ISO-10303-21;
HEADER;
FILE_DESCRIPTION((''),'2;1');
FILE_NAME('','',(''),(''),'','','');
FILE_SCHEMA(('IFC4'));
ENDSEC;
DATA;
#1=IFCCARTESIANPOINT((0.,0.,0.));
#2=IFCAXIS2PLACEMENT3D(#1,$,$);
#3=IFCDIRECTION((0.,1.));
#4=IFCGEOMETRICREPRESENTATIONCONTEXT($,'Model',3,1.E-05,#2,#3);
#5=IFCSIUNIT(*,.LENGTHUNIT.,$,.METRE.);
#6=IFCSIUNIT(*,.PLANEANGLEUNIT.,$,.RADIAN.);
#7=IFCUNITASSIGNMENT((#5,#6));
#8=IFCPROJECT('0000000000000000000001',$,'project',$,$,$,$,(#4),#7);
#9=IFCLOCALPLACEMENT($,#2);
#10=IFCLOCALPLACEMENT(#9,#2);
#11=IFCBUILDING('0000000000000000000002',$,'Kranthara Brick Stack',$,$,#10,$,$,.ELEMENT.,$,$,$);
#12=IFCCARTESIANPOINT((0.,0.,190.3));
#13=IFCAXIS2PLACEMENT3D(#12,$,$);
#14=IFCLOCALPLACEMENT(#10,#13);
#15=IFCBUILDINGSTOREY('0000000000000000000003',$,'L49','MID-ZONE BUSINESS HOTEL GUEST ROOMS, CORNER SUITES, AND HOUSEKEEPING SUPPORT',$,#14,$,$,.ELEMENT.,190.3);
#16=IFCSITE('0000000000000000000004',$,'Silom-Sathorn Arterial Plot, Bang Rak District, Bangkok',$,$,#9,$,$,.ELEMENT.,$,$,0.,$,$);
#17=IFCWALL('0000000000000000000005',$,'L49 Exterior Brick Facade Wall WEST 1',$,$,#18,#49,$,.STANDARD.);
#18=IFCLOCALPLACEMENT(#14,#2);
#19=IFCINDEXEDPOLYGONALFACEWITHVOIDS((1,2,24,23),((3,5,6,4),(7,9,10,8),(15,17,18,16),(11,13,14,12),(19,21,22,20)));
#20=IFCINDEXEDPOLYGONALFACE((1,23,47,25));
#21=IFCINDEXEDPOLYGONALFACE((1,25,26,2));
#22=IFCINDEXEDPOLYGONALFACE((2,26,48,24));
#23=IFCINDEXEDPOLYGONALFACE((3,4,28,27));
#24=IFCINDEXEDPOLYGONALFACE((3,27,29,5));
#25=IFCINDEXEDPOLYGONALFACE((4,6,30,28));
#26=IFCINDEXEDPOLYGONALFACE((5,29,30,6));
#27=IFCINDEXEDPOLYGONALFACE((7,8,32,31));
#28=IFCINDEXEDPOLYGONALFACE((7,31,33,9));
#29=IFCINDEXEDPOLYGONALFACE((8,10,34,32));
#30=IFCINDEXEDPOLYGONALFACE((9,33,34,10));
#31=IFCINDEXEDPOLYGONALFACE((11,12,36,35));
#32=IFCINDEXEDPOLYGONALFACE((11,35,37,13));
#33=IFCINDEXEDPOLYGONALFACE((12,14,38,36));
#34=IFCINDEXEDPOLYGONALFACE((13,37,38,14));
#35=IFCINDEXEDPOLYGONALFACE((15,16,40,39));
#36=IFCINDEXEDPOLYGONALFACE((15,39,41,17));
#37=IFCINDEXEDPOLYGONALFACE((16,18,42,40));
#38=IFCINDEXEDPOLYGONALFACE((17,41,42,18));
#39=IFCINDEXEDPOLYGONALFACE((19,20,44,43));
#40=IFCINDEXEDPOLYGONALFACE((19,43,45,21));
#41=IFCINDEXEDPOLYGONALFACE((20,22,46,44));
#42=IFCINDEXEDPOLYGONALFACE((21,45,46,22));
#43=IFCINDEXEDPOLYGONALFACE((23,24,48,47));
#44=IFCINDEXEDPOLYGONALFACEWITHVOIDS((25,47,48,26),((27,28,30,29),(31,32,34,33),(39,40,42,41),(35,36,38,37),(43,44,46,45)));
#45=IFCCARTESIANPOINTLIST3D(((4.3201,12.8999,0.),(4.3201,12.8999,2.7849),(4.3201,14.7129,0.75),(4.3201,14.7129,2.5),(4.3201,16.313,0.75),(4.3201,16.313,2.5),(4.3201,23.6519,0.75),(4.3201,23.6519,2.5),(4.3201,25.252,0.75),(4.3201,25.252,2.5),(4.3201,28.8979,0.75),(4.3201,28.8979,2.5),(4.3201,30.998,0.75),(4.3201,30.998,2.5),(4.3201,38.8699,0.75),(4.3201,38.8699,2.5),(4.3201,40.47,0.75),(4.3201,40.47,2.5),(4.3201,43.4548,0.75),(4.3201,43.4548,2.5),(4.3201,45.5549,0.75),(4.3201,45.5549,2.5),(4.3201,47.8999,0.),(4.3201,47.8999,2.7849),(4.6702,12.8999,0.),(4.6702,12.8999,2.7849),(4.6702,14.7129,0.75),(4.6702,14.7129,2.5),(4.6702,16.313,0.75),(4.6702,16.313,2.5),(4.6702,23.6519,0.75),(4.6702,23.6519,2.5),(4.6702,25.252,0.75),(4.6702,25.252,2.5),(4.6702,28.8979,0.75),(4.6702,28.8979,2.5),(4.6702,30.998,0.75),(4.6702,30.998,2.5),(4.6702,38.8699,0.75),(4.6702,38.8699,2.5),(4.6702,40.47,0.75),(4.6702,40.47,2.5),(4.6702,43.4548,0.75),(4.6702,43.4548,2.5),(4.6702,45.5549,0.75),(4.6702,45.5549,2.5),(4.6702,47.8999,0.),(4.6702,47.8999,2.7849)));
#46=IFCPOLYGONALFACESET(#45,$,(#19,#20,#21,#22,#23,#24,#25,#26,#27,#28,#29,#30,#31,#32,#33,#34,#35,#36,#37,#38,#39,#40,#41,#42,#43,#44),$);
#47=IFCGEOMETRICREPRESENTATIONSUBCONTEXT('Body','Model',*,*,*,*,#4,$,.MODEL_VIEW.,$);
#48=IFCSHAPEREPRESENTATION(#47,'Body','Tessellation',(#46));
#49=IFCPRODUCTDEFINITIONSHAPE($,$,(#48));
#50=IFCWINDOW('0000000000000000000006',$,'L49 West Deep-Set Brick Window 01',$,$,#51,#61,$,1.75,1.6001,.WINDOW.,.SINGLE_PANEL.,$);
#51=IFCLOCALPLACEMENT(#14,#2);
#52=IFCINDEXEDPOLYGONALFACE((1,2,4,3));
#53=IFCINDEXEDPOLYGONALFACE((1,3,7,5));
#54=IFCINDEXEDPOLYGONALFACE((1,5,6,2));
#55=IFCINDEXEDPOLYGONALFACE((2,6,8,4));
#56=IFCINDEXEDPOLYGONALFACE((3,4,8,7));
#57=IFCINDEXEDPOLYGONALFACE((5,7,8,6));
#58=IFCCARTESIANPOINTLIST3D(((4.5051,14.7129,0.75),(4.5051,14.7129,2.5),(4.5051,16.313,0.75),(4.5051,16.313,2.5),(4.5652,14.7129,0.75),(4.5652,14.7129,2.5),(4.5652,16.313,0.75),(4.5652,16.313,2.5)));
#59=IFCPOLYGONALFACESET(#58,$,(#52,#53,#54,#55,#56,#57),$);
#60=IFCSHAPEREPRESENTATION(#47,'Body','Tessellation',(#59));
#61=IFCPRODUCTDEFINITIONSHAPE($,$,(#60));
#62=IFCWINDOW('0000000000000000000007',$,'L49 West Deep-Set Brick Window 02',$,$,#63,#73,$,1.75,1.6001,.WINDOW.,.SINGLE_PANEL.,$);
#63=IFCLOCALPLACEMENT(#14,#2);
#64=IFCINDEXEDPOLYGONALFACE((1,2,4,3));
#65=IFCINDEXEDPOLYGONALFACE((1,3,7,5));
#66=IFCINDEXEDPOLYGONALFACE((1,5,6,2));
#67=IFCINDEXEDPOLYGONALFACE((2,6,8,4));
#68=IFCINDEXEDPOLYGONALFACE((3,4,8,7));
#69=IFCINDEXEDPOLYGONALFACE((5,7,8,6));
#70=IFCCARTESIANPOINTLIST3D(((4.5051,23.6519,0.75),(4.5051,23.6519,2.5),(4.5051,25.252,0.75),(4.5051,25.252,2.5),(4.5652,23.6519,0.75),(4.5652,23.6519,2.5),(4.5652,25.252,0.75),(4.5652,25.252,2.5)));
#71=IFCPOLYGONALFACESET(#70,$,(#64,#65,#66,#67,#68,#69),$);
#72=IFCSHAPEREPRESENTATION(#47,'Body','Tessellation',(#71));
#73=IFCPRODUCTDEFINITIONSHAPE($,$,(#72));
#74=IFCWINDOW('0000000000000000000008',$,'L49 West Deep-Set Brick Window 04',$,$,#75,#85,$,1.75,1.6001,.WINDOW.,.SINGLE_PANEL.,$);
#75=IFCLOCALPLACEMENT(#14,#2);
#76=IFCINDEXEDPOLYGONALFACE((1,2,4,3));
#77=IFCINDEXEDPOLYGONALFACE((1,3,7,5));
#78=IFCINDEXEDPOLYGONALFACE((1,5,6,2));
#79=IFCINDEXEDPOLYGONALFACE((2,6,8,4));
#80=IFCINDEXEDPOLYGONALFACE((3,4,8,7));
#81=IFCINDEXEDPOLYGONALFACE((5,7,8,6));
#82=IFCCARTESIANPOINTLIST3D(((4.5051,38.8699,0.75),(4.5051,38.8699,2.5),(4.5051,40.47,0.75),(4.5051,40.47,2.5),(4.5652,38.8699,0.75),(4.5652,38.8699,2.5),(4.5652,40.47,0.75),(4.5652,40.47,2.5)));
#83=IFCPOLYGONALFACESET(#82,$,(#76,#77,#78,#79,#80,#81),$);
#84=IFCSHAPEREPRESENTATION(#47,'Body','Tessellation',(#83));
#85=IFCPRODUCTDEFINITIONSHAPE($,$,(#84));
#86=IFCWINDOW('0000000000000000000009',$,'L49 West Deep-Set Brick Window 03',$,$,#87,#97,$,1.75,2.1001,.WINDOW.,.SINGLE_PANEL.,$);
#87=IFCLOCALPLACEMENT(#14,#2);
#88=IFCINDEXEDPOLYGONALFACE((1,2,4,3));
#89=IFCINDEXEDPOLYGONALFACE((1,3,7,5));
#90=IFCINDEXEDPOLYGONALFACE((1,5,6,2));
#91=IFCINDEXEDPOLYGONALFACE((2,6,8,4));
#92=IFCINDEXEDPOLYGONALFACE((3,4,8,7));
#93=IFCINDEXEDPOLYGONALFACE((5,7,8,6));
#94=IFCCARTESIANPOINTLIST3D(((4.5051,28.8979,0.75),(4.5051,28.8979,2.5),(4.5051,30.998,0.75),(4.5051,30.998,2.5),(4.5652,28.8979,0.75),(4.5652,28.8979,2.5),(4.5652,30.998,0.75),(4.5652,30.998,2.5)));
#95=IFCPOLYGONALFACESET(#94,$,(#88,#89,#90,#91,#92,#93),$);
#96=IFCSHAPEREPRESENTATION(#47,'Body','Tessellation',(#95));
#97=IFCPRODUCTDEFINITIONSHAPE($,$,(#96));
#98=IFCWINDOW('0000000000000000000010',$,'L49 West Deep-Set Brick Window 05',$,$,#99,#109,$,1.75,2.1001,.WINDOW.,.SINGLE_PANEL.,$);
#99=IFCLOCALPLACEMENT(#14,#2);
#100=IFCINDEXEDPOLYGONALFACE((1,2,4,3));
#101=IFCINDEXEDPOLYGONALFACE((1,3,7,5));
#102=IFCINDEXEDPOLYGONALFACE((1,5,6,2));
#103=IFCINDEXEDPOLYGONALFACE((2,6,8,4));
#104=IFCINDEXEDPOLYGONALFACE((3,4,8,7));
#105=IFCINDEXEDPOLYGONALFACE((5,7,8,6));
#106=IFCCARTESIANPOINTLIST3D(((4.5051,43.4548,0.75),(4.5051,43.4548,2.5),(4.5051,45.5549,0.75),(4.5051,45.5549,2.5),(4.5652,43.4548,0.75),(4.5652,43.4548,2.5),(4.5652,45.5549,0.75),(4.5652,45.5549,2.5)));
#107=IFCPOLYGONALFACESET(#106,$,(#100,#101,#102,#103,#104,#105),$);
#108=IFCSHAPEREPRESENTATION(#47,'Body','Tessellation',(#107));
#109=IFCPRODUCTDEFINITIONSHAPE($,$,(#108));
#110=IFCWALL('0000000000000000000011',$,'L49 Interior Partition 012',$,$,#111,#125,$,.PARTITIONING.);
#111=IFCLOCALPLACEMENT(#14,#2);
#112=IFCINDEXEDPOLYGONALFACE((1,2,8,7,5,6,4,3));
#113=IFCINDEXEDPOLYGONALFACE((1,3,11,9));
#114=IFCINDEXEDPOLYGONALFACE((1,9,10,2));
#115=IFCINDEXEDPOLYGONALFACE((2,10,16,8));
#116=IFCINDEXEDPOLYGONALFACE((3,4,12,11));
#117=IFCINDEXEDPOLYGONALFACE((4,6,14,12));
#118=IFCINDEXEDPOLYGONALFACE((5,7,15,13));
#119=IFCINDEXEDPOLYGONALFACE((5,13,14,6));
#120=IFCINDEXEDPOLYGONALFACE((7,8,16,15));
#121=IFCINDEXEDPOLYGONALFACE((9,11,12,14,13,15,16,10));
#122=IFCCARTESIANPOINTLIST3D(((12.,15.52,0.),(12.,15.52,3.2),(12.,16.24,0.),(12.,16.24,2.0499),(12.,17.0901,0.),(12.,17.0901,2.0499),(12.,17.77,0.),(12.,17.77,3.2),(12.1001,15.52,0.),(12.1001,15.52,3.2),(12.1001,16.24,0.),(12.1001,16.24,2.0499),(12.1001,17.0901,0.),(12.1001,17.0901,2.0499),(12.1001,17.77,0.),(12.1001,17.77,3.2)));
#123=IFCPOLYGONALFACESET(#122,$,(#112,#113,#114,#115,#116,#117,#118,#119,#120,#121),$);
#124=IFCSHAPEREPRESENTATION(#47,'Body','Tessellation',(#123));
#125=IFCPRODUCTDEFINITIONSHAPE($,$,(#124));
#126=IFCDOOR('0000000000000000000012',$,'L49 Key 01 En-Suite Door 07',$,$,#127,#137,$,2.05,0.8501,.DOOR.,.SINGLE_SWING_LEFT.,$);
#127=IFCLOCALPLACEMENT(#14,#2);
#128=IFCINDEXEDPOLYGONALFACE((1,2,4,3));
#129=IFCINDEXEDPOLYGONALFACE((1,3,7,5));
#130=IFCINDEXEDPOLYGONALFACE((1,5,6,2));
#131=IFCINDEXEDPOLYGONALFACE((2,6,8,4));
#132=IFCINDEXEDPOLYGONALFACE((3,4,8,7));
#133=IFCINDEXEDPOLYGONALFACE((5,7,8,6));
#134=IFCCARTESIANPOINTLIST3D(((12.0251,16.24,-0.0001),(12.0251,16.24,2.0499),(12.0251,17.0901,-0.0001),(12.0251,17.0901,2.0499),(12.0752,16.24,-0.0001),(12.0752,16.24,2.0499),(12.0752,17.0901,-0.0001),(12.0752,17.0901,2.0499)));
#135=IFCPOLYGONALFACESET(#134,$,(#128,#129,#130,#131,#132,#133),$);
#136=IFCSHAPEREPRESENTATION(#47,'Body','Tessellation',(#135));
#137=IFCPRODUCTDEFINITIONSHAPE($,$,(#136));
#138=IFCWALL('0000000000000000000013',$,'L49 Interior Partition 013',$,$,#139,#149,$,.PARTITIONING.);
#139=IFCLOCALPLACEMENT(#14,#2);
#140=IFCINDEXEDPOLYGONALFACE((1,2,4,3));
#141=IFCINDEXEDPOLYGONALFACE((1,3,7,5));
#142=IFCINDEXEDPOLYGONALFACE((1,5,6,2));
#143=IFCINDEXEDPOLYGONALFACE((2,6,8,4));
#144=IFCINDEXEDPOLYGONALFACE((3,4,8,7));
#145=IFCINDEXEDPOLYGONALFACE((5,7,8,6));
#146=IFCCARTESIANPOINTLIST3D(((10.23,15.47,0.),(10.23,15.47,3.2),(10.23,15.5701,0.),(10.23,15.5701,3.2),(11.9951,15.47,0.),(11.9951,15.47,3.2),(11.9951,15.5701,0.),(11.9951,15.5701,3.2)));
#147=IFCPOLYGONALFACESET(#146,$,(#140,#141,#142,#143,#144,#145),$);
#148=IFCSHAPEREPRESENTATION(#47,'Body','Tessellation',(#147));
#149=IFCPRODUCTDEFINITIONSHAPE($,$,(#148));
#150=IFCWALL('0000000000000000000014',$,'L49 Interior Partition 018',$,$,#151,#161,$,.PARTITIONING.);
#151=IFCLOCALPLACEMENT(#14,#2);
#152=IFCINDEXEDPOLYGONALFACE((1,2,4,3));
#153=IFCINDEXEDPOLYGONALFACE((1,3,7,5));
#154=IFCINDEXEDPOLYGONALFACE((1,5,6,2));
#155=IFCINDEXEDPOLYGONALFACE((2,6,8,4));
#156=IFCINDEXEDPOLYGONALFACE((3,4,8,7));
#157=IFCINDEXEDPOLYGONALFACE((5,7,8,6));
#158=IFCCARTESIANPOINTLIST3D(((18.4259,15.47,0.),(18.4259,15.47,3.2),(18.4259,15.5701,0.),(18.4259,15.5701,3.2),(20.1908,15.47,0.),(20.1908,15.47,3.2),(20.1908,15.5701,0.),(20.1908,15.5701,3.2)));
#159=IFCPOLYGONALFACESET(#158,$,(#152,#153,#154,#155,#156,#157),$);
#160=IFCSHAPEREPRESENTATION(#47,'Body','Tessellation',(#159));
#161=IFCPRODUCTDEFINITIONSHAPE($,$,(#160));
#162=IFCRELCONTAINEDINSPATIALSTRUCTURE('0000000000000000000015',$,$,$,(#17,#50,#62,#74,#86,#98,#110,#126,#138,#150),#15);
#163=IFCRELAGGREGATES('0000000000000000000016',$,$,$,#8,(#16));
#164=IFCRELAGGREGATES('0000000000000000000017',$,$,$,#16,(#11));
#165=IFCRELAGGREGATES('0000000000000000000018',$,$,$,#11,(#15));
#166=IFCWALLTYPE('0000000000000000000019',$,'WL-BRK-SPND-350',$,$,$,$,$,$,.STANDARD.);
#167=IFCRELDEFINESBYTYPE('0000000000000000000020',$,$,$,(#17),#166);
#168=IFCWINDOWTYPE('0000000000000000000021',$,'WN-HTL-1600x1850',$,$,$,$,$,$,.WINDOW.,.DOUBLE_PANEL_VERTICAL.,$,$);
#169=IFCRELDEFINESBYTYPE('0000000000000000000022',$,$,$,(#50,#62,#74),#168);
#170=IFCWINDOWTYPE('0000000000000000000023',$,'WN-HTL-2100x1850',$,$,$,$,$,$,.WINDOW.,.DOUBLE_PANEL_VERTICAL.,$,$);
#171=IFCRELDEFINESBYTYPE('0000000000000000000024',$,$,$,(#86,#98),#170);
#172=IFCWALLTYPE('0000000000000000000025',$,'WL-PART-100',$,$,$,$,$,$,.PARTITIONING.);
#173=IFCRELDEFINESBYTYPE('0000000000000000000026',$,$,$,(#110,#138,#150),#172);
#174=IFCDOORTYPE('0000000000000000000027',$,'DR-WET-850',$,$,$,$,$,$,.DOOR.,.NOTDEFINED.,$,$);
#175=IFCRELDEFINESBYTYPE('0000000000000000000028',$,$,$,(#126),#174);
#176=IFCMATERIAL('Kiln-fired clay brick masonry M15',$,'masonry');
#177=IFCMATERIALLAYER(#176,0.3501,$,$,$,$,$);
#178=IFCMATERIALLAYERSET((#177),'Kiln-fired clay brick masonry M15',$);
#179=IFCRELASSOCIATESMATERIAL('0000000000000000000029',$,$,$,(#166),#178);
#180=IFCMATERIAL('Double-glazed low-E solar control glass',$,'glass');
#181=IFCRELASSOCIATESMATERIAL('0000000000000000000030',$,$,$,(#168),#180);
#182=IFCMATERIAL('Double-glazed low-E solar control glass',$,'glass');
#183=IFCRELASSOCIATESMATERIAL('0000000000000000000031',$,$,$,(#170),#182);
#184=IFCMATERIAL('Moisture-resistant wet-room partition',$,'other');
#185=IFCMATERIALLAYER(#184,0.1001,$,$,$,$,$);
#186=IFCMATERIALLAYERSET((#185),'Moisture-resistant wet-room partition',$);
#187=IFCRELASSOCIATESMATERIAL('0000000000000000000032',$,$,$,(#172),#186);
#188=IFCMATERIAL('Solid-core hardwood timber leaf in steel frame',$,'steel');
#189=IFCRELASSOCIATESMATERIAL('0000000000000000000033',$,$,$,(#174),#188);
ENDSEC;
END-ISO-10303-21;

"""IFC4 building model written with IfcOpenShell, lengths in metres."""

from ifc_helpers import new_model, si_unit, direction, frame, frame_2d, origin, place, context, subcontext, project, spatial, rectangle, extrude, material, layer, layer_set, type_object, element, fill, save


model = new_model("IFC4")

# Units and contexts
model_context = context("Model", 3, precision=1e-05, world=origin(), true_north=direction((0.0, 1.0)))
body_context = subcontext(model_context, "Body", "Model", "MODEL_VIEW")
ifc_project = project(units=[si_unit("LENGTHUNIT", "METRE"), si_unit("PLANEANGLEUNIT", "RADIAN")], contexts=[model_context])

# Site, building, storey
site_placement = place(None, origin())
site = spatial("IfcSite", under=ifc_project, at=site_placement, Name="Silom-Sathorn Arterial Plot, Bang Rak District, Bangkok", CompositionType="ELEMENT", RefElevation=0.0)
building_placement = place(site_placement, origin())
building = spatial("IfcBuilding", under=site, at=building_placement, Name="Kranthara Brick Stack", CompositionType="ELEMENT")
storey_placement = place(building_placement, frame((0.0, 0.0, 190.3)))
storey = spatial("IfcBuildingStorey", under=building, at=storey_placement, Name="L49", Description="MID-ZONE BUSINESS HOTEL GUEST ROOMS, CORNER SUITES, AND HOUSEKEEPING SUPPORT", CompositionType="ELEMENT", Elevation=190.3)

# Wall, openings, windows
ifc_material_1 = material(Name="Kiln-fired clay brick masonry M15", Category="masonry")
ifc_layer_1 = layer(ifc_material_1, 0.3501)
ifc_layer_set_1 = layer_set([ifc_layer_1], Name="Kiln-fired clay brick masonry M15")
wall_type_1 = type_object("IfcWallType", Name="WL-BRK-SPND-350", PredefinedType="STANDARD", material=ifc_layer_set_1)
wall_1_placement = place(storey_placement, frame((4.4951, 12.8999, 0.0), z_axis=(0.0, 0.0, 1.0), x_axis=(0.0, 1.0, 0.0)))
wall_1 = element("IfcWall", 1, at=wall_1_placement, inside=storey, type_object=wall_type_1, Name="L49 Exterior Brick Facade Wall WEST 1", PredefinedType="STANDARD", context=body_context, shape_type="SweptSolid", body=[
    extrude(rectangle(XDim=35.0, YDim=0.3501, at=frame_2d((17.5, 0.0))), origin(), (0.0, 0.0, 1.0), 2.7849),
])
opening_1_placement = place(wall_1_placement, frame((1.813, 0.0, 0.75)))
opening_1 = element("IfcOpeningElement", 2, at=opening_1_placement, cuts=wall_1, PredefinedType="OPENING", context=body_context, shape_type="SweptSolid", body=[
    extrude(rectangle(XDim=1.6001, YDim=1.75, at=frame_2d((0.8, 0.875))), frame((0.0, 0.1851, 0.0), z_axis=(0.0, -1.0, 0.0), x_axis=(1.0, 0.0, 0.0)), (0.0, 0.0, 1.0), 0.3701),
])
opening_2_placement = place(wall_1_placement, frame((10.752, 0.0, 0.75)))
opening_2 = element("IfcOpeningElement", 3, at=opening_2_placement, cuts=wall_1, PredefinedType="OPENING", context=body_context, shape_type="SweptSolid", body=[
    extrude(rectangle(XDim=1.6001, YDim=1.75, at=frame_2d((0.8, 0.875))), frame((0.0, 0.1851, 0.0), z_axis=(0.0, -1.0, 0.0), x_axis=(1.0, 0.0, 0.0)), (0.0, 0.0, 1.0), 0.3701),
])
opening_3_placement = place(wall_1_placement, frame((15.998, 0.0, 0.75)))
opening_3 = element("IfcOpeningElement", 4, at=opening_3_placement, cuts=wall_1, PredefinedType="OPENING", context=body_context, shape_type="SweptSolid", body=[
    extrude(rectangle(XDim=2.1001, YDim=1.75, at=frame_2d((1.05, 0.875))), frame((0.0, 0.1851, 0.0), z_axis=(0.0, -1.0, 0.0), x_axis=(1.0, 0.0, 0.0)), (0.0, 0.0, 1.0), 0.3701),
])
opening_4_placement = place(wall_1_placement, frame((25.97, 0.0, 0.75)))
opening_4 = element("IfcOpeningElement", 5, at=opening_4_placement, cuts=wall_1, PredefinedType="OPENING", context=body_context, shape_type="SweptSolid", body=[
    extrude(rectangle(XDim=1.6001, YDim=1.75, at=frame_2d((0.8, 0.875))), frame((0.0, 0.1851, 0.0), z_axis=(0.0, -1.0, 0.0), x_axis=(1.0, 0.0, 0.0)), (0.0, 0.0, 1.0), 0.3701),
])
opening_5_placement = place(wall_1_placement, frame((30.5549, 0.0, 0.75)))
opening_5 = element("IfcOpeningElement", 6, at=opening_5_placement, cuts=wall_1, PredefinedType="OPENING", context=body_context, shape_type="SweptSolid", body=[
    extrude(rectangle(XDim=2.1001, YDim=1.75, at=frame_2d((1.05, 0.875))), frame((0.0, 0.1851, 0.0), z_axis=(0.0, -1.0, 0.0), x_axis=(1.0, 0.0, 0.0)), (0.0, 0.0, 1.0), 0.3701),
])
ifc_material_2 = material(Name="Double-glazed low-E solar control glass", Category="glass")
window_type_1 = type_object("IfcWindowType", Name="WN-HTL-1600x1850", PartitioningType="DOUBLE_PANEL_VERTICAL", PredefinedType="WINDOW", material=ifc_material_2)
window_1_placement = place(opening_1_placement, origin())
window_1 = element("IfcWindow", 7, at=window_1_placement, inside=storey, type_object=window_type_1, Name="L49 West Deep-Set Brick Window 01", OverallHeight=1.75, OverallWidth=1.6001, PartitioningType="SINGLE_PANEL", PredefinedType="WINDOW", context=body_context, shape_type="SweptSolid", body=[
    extrude(rectangle(XDim=1.6001, YDim=1.75, at=frame_2d((0.8, 0.875))), frame((0.0, -0.01, 0.0), z_axis=(0.0, -1.0, 0.0), x_axis=(1.0, 0.0, 0.0)), (0.0, 0.0, 1.0), 0.0601),
])
fill(opening_1, window_1)
window_2_placement = place(opening_2_placement, origin())
window_2 = element("IfcWindow", 8, at=window_2_placement, inside=storey, type_object=window_type_1, Name="L49 West Deep-Set Brick Window 02", OverallHeight=1.75, OverallWidth=1.6001, PartitioningType="SINGLE_PANEL", PredefinedType="WINDOW", context=body_context, shape_type="SweptSolid", body=[
    extrude(rectangle(XDim=1.6001, YDim=1.75, at=frame_2d((0.8, 0.875))), frame((0.0, -0.01, 0.0), z_axis=(0.0, -1.0, 0.0), x_axis=(1.0, 0.0, 0.0)), (0.0, 0.0, 1.0), 0.0601),
])
fill(opening_2, window_2)
window_3_placement = place(opening_4_placement, origin())
window_3 = element("IfcWindow", 9, at=window_3_placement, inside=storey, type_object=window_type_1, Name="L49 West Deep-Set Brick Window 04", OverallHeight=1.75, OverallWidth=1.6001, PartitioningType="SINGLE_PANEL", PredefinedType="WINDOW", context=body_context, shape_type="SweptSolid", body=[
    extrude(rectangle(XDim=1.6001, YDim=1.75, at=frame_2d((0.8, 0.875))), frame((0.0, -0.01, 0.0), z_axis=(0.0, -1.0, 0.0), x_axis=(1.0, 0.0, 0.0)), (0.0, 0.0, 1.0), 0.0601),
])
fill(opening_4, window_3)
ifc_material_3 = material(Name="Double-glazed low-E solar control glass", Category="glass")
window_type_2 = type_object("IfcWindowType", Name="WN-HTL-2100x1850", PartitioningType="DOUBLE_PANEL_VERTICAL", PredefinedType="WINDOW", material=ifc_material_3)
window_4_placement = place(opening_3_placement, origin())
window_4 = element("IfcWindow", 10, at=window_4_placement, inside=storey, type_object=window_type_2, Name="L49 West Deep-Set Brick Window 03", OverallHeight=1.75, OverallWidth=2.1001, PartitioningType="SINGLE_PANEL", PredefinedType="WINDOW", context=body_context, shape_type="SweptSolid", body=[
    extrude(rectangle(XDim=2.1001, YDim=1.75, at=frame_2d((1.05, 0.875))), frame((0.0, -0.01, 0.0), z_axis=(0.0, -1.0, 0.0), x_axis=(1.0, 0.0, 0.0)), (0.0, 0.0, 1.0), 0.0601),
])
fill(opening_3, window_4)
window_5_placement = place(opening_5_placement, origin())
window_5 = element("IfcWindow", 11, at=window_5_placement, inside=storey, type_object=window_type_2, Name="L49 West Deep-Set Brick Window 05", OverallHeight=1.75, OverallWidth=2.1001, PartitioningType="SINGLE_PANEL", PredefinedType="WINDOW", context=body_context, shape_type="SweptSolid", body=[
    extrude(rectangle(XDim=2.1001, YDim=1.75, at=frame_2d((1.05, 0.875))), frame((0.0, -0.01, 0.0), z_axis=(0.0, -1.0, 0.0), x_axis=(1.0, 0.0, 0.0)), (0.0, 0.0, 1.0), 0.0601),
])
fill(opening_5, window_5)

# Wall, opening, door
ifc_material_4 = material(Name="Moisture-resistant wet-room partition", Category="other")
ifc_layer_2 = layer(ifc_material_4, 0.1001)
ifc_layer_set_2 = layer_set([ifc_layer_2], Name="Moisture-resistant wet-room partition")
wall_type_2 = type_object("IfcWallType", Name="WL-PART-100", PredefinedType="PARTITIONING", material=ifc_layer_set_2)
wall_2_placement = place(storey_placement, frame((12.05, 15.52, 0.0), z_axis=(0.0, 0.0, 1.0), x_axis=(0.0, 1.0, 0.0)))
wall_2 = element("IfcWall", 12, at=wall_2_placement, inside=storey, type_object=wall_type_2, Name="L49 Interior Partition 012", PredefinedType="PARTITIONING", context=body_context, shape_type="SweptSolid", body=[
    extrude(rectangle(XDim=2.25, YDim=0.1001, at=frame_2d((1.125, 0.0))), origin(), (0.0, 0.0, 1.0), 3.2),
])
opening_6_placement = place(wall_2_placement, frame((0.72, 0.0, 0.0)))
opening_6 = element("IfcOpeningElement", 13, at=opening_6_placement, cuts=wall_2, PredefinedType="OPENING", context=body_context, shape_type="SweptSolid", body=[
    extrude(rectangle(XDim=0.8501, YDim=2.05, at=frame_2d((0.425, 1.0249))), frame((0.0, 0.0601, 0.0), z_axis=(0.0, -1.0, 0.0), x_axis=(1.0, 0.0, 0.0)), (0.0, 0.0, 1.0), 0.1201),
])
ifc_material_5 = material(Name="Solid-core hardwood timber leaf in steel frame", Category="steel")
door_type = type_object("IfcDoorType", Name="DR-WET-850", OperationType="NOTDEFINED", PredefinedType="DOOR", material=ifc_material_5)
door_placement = place(opening_6_placement, origin())
door = element("IfcDoor", 14, at=door_placement, inside=storey, type_object=door_type, Name="L49 Key 01 En-Suite Door 07", OperationType="SINGLE_SWING_LEFT", OverallHeight=2.05, OverallWidth=0.8501, PredefinedType="DOOR", context=body_context, shape_type="SweptSolid", body=[
    extrude(rectangle(XDim=0.8501, YDim=2.05, at=frame_2d((0.425, 1.0249))), frame((0.0, 0.0249, 0.0), z_axis=(0.0, -1.0, 0.0), x_axis=(1.0, 0.0, 0.0)), (0.0, 0.0, 1.0), 0.05),
])
fill(opening_6, door)

# Walls
wall_3_placement = place(storey_placement, frame((10.23, 15.52, 0.0), z_axis=(0.0, 0.0, 1.0), x_axis=(1.0, 0.0, 0.0)))
element("IfcWall", 15, at=wall_3_placement, inside=storey, type_object=wall_type_2, Name="L49 Interior Partition 013", PredefinedType="PARTITIONING", context=body_context, shape_type="SweptSolid", body=[
    extrude(rectangle(XDim=1.7651, YDim=0.1001, at=frame_2d((0.8826, 0.0))), origin(), (0.0, 0.0, 1.0), 3.2),
])
wall_4_placement = place(storey_placement, frame((18.426, 15.52, 0.0), z_axis=(0.0, 0.0, 1.0), x_axis=(1.0, 0.0, 0.0)))
element("IfcWall", 16, at=wall_4_placement, inside=storey, type_object=wall_type_2, Name="L49 Interior Partition 018", PredefinedType="PARTITIONING", context=body_context, shape_type="SweptSolid", body=[
    extrude(rectangle(XDim=1.7649, YDim=0.1001, at=frame_2d((0.8823, 0.0))), origin(), (0.0, 0.0, 1.0), 3.2),
])

save(model, "model.ifc")
